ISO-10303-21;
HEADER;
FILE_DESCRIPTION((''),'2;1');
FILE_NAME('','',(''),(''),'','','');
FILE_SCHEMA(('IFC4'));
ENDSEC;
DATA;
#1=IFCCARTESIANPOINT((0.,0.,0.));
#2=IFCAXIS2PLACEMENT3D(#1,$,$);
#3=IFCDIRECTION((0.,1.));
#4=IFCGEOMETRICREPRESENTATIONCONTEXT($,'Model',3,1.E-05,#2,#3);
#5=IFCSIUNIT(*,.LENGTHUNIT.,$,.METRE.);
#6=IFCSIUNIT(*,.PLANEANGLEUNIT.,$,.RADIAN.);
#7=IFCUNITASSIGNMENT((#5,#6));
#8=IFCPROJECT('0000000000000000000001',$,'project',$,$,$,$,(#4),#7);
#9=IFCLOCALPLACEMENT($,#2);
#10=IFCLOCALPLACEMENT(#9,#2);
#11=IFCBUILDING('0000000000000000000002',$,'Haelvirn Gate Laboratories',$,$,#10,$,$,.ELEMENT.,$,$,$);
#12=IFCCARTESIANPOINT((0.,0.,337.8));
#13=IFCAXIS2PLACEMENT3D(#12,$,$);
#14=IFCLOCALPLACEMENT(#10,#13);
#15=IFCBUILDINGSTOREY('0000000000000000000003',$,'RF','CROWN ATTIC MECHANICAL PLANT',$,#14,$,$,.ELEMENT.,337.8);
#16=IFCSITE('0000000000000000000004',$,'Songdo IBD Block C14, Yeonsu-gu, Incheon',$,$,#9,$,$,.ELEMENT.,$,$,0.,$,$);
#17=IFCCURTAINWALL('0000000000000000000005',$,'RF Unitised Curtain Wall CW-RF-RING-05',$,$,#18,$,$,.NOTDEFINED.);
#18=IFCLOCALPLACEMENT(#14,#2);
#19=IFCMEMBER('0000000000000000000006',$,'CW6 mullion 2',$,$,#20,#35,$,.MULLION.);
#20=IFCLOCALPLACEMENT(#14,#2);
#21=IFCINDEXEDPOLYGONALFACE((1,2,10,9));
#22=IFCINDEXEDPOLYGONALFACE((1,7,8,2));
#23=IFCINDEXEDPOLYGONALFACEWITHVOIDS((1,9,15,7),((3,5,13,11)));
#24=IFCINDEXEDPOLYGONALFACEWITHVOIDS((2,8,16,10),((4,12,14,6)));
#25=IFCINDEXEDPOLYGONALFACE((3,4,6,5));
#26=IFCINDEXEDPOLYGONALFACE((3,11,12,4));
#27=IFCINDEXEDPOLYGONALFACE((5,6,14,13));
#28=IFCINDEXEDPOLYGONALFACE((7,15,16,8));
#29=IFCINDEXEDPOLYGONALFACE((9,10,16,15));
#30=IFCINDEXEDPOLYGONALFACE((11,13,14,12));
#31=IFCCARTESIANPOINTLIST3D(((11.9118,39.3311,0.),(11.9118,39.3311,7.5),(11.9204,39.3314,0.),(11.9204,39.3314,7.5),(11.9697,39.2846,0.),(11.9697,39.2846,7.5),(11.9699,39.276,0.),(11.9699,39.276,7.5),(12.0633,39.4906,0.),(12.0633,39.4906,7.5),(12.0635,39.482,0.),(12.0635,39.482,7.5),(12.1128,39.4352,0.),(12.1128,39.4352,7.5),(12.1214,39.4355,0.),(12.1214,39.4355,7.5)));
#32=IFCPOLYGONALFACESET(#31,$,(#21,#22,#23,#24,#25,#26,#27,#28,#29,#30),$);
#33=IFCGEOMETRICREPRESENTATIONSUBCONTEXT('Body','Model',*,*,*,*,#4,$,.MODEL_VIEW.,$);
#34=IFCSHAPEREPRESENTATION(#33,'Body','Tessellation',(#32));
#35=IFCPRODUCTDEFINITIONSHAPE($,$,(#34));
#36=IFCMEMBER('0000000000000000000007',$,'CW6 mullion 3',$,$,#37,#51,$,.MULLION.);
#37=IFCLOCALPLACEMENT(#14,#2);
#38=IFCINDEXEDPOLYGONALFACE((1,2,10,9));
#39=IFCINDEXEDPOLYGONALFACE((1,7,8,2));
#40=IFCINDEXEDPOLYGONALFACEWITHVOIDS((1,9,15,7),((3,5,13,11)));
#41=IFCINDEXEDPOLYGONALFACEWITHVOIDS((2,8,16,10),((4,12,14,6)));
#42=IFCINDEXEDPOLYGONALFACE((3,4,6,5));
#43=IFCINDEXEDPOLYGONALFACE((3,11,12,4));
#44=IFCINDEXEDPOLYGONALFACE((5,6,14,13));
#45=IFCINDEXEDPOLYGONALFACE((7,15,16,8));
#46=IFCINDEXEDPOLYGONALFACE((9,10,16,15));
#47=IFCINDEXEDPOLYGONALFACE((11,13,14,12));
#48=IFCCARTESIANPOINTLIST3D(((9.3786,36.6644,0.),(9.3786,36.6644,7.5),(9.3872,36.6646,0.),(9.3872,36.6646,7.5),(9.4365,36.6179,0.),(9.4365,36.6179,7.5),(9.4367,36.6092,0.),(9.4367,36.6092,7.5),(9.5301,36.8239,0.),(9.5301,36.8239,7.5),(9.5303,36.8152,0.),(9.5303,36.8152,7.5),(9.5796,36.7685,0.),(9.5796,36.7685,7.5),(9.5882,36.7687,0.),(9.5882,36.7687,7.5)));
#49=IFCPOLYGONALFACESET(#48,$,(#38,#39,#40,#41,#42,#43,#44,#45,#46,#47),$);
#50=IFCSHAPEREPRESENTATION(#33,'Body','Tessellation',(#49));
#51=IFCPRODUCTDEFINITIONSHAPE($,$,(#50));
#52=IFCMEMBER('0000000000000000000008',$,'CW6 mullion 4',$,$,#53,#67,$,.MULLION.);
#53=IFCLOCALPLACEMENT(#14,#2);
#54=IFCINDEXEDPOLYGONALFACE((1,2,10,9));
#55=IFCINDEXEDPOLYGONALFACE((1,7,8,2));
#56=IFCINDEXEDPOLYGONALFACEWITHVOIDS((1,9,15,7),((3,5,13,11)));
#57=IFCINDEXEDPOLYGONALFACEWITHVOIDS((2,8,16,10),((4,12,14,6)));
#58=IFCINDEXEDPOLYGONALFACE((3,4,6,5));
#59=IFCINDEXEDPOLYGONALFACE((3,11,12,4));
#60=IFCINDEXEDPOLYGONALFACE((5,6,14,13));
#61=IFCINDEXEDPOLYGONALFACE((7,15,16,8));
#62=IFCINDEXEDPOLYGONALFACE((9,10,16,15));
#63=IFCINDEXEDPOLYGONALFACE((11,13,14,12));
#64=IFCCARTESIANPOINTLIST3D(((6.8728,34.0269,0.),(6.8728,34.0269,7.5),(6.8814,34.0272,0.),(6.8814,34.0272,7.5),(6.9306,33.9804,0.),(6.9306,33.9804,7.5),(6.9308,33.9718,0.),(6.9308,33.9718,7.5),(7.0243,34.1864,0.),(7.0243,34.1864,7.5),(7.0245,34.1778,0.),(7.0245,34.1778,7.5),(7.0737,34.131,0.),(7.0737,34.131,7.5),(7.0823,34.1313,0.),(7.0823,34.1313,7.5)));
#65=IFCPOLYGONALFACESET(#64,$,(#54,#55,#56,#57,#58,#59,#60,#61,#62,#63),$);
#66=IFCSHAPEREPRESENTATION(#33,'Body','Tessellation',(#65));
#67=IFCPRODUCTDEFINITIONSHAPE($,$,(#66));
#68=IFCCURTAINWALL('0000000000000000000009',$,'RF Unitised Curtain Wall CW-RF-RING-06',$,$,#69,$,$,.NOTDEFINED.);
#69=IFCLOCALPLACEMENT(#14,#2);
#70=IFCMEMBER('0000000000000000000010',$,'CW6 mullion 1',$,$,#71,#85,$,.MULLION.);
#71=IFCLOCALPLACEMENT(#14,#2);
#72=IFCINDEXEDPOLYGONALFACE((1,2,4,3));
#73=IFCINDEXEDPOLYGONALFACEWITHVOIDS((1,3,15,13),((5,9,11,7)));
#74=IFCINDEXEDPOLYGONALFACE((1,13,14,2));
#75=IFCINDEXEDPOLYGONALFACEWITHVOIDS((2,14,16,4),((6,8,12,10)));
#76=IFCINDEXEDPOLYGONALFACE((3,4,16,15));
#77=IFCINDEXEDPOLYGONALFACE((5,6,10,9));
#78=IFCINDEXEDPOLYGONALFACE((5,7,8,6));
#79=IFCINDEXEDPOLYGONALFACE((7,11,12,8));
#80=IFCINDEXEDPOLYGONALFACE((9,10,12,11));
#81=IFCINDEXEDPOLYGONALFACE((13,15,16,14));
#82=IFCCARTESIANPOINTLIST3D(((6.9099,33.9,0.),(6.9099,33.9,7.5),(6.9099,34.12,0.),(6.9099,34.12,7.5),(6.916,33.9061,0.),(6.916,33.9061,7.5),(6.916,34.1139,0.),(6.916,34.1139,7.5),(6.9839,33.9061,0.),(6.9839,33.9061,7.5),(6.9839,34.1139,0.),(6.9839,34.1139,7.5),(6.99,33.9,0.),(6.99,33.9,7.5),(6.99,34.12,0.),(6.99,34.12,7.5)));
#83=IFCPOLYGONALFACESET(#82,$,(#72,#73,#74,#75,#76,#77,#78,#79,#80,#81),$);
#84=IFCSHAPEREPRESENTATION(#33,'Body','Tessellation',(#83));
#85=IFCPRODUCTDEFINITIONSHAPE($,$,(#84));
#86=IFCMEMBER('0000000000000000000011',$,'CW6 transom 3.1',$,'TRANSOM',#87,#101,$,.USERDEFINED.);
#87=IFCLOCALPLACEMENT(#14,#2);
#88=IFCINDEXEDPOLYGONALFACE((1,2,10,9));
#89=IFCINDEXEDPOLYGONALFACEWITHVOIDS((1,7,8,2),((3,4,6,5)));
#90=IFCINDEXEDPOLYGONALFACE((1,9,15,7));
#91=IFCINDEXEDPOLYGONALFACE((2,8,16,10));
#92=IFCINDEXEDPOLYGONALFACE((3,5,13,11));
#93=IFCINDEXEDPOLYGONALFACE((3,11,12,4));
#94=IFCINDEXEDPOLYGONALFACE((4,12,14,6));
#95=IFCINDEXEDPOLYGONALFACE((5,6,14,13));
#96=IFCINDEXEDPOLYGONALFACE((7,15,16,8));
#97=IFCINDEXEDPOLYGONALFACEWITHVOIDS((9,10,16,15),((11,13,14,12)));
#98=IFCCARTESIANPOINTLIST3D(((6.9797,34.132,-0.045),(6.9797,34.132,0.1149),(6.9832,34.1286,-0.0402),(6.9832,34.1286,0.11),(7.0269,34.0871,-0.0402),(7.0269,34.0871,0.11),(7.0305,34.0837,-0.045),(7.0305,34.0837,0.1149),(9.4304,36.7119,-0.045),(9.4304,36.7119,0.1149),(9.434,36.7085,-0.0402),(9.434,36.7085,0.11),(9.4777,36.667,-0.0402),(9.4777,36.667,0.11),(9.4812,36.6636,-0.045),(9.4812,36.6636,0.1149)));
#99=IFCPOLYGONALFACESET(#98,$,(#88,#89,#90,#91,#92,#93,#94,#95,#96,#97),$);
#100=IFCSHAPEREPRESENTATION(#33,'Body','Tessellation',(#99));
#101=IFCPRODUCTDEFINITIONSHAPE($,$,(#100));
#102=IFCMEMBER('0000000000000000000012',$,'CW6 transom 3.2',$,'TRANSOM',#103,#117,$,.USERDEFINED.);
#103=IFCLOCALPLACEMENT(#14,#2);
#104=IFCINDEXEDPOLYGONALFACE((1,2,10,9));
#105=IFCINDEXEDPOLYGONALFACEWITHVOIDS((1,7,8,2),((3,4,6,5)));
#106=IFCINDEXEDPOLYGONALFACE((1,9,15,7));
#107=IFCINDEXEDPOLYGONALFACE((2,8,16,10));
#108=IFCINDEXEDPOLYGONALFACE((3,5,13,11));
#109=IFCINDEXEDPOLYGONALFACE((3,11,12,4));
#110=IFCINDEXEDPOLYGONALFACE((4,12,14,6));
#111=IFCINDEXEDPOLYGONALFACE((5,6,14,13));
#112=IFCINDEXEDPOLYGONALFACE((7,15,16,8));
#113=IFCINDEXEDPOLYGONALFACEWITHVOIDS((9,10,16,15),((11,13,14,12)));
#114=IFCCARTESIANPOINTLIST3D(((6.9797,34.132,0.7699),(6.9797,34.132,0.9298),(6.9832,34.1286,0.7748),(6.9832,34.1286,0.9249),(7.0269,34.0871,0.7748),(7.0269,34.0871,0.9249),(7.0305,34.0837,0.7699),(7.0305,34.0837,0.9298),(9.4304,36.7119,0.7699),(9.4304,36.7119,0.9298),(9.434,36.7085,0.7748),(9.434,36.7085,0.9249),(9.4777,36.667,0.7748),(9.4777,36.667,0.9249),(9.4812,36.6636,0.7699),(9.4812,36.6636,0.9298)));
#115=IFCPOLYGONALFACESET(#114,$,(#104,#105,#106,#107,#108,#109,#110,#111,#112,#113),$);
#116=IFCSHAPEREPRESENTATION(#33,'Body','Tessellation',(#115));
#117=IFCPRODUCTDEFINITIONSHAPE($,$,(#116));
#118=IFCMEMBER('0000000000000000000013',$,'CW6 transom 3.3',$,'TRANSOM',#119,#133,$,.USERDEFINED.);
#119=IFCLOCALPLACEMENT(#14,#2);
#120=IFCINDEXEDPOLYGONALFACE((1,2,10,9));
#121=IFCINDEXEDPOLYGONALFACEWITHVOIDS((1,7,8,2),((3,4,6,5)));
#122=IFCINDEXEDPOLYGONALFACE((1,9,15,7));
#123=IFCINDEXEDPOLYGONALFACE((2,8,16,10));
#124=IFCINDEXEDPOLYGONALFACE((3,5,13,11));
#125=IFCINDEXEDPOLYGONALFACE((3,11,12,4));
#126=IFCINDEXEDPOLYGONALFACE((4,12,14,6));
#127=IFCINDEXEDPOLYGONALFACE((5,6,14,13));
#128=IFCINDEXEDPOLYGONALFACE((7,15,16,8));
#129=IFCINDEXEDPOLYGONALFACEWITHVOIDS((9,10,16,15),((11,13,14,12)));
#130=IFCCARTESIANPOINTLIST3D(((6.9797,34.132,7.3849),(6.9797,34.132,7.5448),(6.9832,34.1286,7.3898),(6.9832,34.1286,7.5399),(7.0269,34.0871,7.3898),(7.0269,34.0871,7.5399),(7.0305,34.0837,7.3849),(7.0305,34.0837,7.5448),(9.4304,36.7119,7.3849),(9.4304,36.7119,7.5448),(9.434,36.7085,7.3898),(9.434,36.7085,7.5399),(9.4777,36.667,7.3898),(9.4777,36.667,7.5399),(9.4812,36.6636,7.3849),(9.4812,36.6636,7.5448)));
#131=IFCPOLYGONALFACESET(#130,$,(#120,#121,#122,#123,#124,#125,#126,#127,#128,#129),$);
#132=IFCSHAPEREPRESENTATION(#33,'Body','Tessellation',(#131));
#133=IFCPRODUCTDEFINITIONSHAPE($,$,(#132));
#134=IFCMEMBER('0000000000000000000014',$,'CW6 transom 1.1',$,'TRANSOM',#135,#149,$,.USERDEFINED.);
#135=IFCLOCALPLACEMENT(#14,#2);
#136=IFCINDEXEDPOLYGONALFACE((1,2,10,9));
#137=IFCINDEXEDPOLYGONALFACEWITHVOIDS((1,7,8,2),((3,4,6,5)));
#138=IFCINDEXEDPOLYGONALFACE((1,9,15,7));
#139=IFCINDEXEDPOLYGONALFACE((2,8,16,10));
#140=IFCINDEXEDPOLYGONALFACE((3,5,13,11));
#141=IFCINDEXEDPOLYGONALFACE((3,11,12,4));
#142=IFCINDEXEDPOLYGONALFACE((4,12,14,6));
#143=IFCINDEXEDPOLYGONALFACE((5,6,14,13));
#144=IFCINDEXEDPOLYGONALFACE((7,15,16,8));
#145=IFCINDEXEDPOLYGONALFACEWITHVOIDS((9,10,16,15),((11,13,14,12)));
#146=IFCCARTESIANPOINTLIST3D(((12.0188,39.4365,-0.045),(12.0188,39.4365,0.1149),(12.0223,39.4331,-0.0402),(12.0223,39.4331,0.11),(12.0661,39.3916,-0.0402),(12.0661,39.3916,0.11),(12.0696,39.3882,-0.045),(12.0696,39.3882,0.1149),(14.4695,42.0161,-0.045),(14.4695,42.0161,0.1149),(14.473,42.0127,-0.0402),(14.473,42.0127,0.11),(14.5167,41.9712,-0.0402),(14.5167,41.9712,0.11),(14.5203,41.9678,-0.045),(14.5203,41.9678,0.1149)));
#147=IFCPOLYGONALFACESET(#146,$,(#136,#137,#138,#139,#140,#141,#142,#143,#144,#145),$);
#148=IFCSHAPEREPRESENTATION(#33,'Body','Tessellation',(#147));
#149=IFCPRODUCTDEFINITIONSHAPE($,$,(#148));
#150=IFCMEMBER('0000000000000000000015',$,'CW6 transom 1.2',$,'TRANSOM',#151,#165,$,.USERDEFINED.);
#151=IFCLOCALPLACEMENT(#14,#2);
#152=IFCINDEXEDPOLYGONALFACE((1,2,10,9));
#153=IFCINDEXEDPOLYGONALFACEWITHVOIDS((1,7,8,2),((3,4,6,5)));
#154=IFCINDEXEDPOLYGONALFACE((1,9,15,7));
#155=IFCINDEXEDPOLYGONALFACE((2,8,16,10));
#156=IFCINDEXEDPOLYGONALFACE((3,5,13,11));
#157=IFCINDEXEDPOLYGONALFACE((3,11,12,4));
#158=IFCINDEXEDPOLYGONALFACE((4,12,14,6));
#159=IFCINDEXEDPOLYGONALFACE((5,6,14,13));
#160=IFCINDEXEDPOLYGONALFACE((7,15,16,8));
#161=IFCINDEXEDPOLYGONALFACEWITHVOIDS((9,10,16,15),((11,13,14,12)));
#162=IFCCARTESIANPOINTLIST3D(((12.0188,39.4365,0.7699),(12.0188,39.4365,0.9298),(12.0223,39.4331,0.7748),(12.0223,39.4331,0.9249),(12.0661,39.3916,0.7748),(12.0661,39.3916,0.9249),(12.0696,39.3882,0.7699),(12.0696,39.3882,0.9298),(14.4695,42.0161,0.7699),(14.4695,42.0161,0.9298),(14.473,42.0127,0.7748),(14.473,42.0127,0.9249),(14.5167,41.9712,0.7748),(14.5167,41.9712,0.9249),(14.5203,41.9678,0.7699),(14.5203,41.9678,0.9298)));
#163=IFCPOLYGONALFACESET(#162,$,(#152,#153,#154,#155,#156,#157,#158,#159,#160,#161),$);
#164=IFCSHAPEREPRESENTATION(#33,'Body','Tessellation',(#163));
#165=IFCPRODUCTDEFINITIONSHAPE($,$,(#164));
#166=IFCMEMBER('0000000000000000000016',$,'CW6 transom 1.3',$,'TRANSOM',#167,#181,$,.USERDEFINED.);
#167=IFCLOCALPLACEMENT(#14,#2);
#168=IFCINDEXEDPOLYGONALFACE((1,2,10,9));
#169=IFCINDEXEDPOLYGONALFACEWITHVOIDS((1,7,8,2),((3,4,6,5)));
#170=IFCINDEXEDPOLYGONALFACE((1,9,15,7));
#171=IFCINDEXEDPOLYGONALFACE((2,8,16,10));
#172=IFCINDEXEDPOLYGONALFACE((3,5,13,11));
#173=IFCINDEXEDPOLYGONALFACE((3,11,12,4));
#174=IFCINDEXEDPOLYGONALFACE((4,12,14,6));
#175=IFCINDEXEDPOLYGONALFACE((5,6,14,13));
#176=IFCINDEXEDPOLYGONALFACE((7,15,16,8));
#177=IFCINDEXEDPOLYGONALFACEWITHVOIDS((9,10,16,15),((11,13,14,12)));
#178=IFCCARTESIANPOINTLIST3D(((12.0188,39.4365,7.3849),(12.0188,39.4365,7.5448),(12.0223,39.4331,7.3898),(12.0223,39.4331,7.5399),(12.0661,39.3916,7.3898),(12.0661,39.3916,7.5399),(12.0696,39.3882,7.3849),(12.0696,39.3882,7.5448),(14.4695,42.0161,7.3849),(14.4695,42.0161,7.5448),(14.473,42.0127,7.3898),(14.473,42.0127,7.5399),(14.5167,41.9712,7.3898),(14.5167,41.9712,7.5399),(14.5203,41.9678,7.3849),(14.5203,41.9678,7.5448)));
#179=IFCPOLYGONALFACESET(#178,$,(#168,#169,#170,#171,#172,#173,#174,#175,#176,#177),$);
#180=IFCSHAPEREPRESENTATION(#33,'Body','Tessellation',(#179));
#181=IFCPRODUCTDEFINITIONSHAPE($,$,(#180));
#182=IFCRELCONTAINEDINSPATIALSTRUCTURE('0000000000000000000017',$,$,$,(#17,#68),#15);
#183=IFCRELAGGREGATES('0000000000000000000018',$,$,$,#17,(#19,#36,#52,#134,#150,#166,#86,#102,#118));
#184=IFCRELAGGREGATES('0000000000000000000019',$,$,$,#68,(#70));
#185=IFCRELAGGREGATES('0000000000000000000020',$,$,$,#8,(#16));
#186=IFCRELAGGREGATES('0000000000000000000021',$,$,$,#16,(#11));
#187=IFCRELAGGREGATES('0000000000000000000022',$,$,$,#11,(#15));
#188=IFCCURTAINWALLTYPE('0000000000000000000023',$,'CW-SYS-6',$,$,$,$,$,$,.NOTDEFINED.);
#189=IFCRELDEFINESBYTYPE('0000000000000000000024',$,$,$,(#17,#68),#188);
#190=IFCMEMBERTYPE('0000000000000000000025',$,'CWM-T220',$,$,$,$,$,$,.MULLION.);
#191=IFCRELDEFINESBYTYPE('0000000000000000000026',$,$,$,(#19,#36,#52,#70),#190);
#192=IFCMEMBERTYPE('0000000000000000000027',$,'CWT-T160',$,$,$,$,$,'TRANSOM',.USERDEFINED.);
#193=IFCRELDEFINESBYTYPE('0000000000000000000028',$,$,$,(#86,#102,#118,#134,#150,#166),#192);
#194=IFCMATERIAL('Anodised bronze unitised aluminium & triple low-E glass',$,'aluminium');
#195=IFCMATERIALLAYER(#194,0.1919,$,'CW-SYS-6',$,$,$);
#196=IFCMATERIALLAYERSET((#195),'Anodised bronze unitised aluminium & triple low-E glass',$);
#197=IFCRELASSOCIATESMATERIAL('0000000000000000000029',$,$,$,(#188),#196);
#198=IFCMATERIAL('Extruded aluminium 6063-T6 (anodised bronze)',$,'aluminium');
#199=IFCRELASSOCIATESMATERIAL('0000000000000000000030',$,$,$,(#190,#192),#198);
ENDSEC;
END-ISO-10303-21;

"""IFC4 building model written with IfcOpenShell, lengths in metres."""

from ifc_helpers import new_model, si_unit, direction, frame, origin, origin_2d, place, context, subcontext, project, spatial, hollow_rectangle, extrude, source, transform, mapped, material, layer, layer_set, material_profile, profile_set, type_object, type_shapes, element, aggregate, save


model = new_model("IFC4")

# Units and contexts
model_context = context("Model", 3, precision=1e-05, world=origin(), true_north=direction((0.0, 1.0)))
body_context = subcontext(model_context, "Body", "Model", "MODEL_VIEW")
ifc_project = project(units=[si_unit("LENGTHUNIT", "METRE"), si_unit("PLANEANGLEUNIT", "RADIAN")], contexts=[model_context])

# Site, building, storey
site_placement = place(None, origin())
site = spatial("IfcSite", under=ifc_project, at=site_placement, Name="Songdo IBD Block C14, Yeonsu-gu, Incheon", CompositionType="ELEMENT", RefElevation=0.0)
building_placement = place(site_placement, origin())
building = spatial("IfcBuilding", under=site, at=building_placement, Name="Haelvirn Gate Laboratories", CompositionType="ELEMENT")
storey_placement = place(building_placement, frame((0.0, 0.0, 337.8)))
storey = spatial("IfcBuildingStorey", under=building, at=storey_placement, Name="RF", Description="CROWN ATTIC MECHANICAL PLANT", CompositionType="ELEMENT", Elevation=337.8)

# Shared definitions
ifc_material_1 = material(Name="Anodised bronze unitised aluminium & triple low-E glass", Category="aluminium")
ifc_layer_1 = layer(ifc_material_1, 0.1919, Name="CW-SYS-6")
ifc_layer_set_1 = layer_set([ifc_layer_1], Name="Anodised bronze unitised aluminium & triple low-E glass")
curtain_wall_type = type_object("IfcCurtainWallType", Name="CW-SYS-6", PredefinedType="NOTDEFINED", material=ifc_layer_set_1)
ifc_material_2 = material(Name="Extruded aluminium 6063-T6 (anodised bronze)", Category="aluminium")
ifc_material_profile_1 = material_profile(ifc_material_2, hollow_rectangle(XDim=0.0801, YDim=0.22, WallThickness=0.0061, at=origin_2d()), Name="CWM-220x80x6")
ifc_profile_set_1 = profile_set([ifc_material_profile_1], Name="Extruded aluminium 6063-T6 (anodised bronze)")
member_type_1 = type_object("IfcMemberType", Name="CWM-T220", PredefinedType="MULLION", material=ifc_profile_set_1)
shared_shape_1 = source(origin(), body_context, "Body", "SweptSolid", [
    extrude(hollow_rectangle(XDim=0.0801, YDim=0.22, WallThickness=0.0061, at=origin_2d()), origin(), (0.0, 0.0, 1.0), 7.5),
])
type_shapes(member_type_1, [shared_shape_1])

# Curtain wall, members
curtain_wall_1_placement = place(storey_placement, origin())
curtain_wall_1 = element("IfcCurtainWall", 1, at=curtain_wall_1_placement, inside=storey, type_object=curtain_wall_type, Name="RF Unitised Curtain Wall CW-RF-RING-05", PredefinedType="NOTDEFINED")
member_1_placement = place(storey_placement, frame((12.0166, 39.3833, 0.0), z_axis=(0.0, 0.0, 1.0), x_axis=(0.724999, -0.688749, 0.0)))
member_1 = element("IfcMember", 2, at=member_1_placement, type_object=member_type_1, Name="CW6 mullion 2", PredefinedType="MULLION", context=body_context, shape_type="MappedRepresentation", body=[
    mapped(shared_shape_1, transform((0.0, 0.0, 0.0), scale=1.0)),
])
member_2_placement = place(storey_placement, frame((9.4834, 36.7166, 0.0), z_axis=(0.0, 0.0, 1.0), x_axis=(0.724999, -0.688749, 0.0)))
member_2 = element("IfcMember", 3, at=member_2_placement, type_object=member_type_1, Name="CW6 mullion 3", PredefinedType="MULLION", context=body_context, shape_type="MappedRepresentation", body=[
    mapped(shared_shape_1, transform((0.0, 0.0, 0.0), scale=1.0)),
])
member_3_placement = place(storey_placement, frame((6.9775, 34.0791, 0.0), z_axis=(0.0, 0.0, 1.0), x_axis=(0.724999, -0.688749, 0.0)))
member_3 = element("IfcMember", 4, at=member_3_placement, type_object=member_type_1, Name="CW6 mullion 4", PredefinedType="MULLION", context=body_context, shape_type="MappedRepresentation", body=[
    mapped(shared_shape_1, transform((0.0, 0.0, 0.0), scale=1.0)),
])

# Curtain wall, member
curtain_wall_2_placement = place(storey_placement, origin())
curtain_wall_2 = element("IfcCurtainWall", 5, at=curtain_wall_2_placement, inside=storey, type_object=curtain_wall_type, Name="RF Unitised Curtain Wall CW-RF-RING-06", PredefinedType="NOTDEFINED")
member_4_placement = place(storey_placement, frame((6.95, 34.01, 0.0), z_axis=(0.0, 0.0, 1.0), x_axis=(1.0, 0.0, 0.0)))
member_4 = element("IfcMember", 6, at=member_4_placement, type_object=member_type_1, Name="CW6 mullion 1", PredefinedType="MULLION", context=body_context, shape_type="MappedRepresentation", body=[
    mapped(shared_shape_1, transform((0.0, 0.0, 0.0), scale=1.0)),
])

# Members
ifc_material_profile_2 = material_profile(ifc_material_2, hollow_rectangle(XDim=0.0701, YDim=0.1599, WallThickness=0.0049, at=origin_2d()), Name="CWT-160x70x5")
ifc_profile_set_2 = profile_set([ifc_material_profile_2], Name="Extruded aluminium 6063-T6 (anodised bronze)")
member_type_2 = type_object("IfcMemberType", Name="CWT-T160", ElementType="TRANSOM", PredefinedType="USERDEFINED", material=ifc_profile_set_2)
shared_shape_2 = source(origin(), body_context, "Body", "SweptSolid", [
    extrude(hollow_rectangle(XDim=0.0701, YDim=0.1599, WallThickness=0.0049, at=origin_2d()), origin(), (0.0, 0.0, 1.0), 3.5583),
])
member_5_placement = place(storey_placement, frame((9.4558, 36.6877, 0.0349), z_axis=(-0.688726, -0.725022, 0.0), x_axis=(0.725022, -0.688726, 0.0)))
member_5 = element("IfcMember", 7, at=member_5_placement, type_object=member_type_2, Name="CW6 transom 3.1", ObjectType="TRANSOM", PredefinedType="USERDEFINED", context=body_context, shape_type="MappedRepresentation", body=[
    mapped(shared_shape_2, transform((0.0, 0.0, 0.0), scale=1.0)),
])
member_6_placement = place(storey_placement, frame((9.4558, 36.6877, 0.8499), z_axis=(-0.688726, -0.725022, 0.0), x_axis=(0.725022, -0.688726, 0.0)))
member_6 = element("IfcMember", 8, at=member_6_placement, type_object=member_type_2, Name="CW6 transom 3.2", ObjectType="TRANSOM", PredefinedType="USERDEFINED", context=body_context, shape_type="MappedRepresentation", body=[
    mapped(shared_shape_2, transform((0.0, 0.0, 0.0), scale=1.0)),
])
member_7_placement = place(storey_placement, frame((9.4558, 36.6877, 7.4648), z_axis=(-0.688726, -0.725022, 0.0), x_axis=(0.725022, -0.688726, 0.0)))
member_7 = element("IfcMember", 9, at=member_7_placement, type_object=member_type_2, Name="CW6 transom 3.3", ObjectType="TRANSOM", PredefinedType="USERDEFINED", context=body_context, shape_type="MappedRepresentation", body=[
    mapped(shared_shape_2, transform((0.0, 0.0, 0.0), scale=1.0)),
])
shared_shape_3 = source(origin(), body_context, "Body", "SweptSolid", [
    extrude(hollow_rectangle(XDim=0.0701, YDim=0.1599, WallThickness=0.0049, at=origin_2d()), origin(), (0.0, 0.0, 1.0), 3.5581),
])
member_8_placement = place(storey_placement, frame((14.4949, 41.9919, 0.0349), z_axis=(-0.68876, -0.724989, 0.0), x_axis=(0.724989, -0.68876, 0.0)))
member_8 = element("IfcMember", 10, at=member_8_placement, type_object=member_type_2, Name="CW6 transom 1.1", ObjectType="TRANSOM", PredefinedType="USERDEFINED", context=body_context, shape_type="MappedRepresentation", body=[
    mapped(shared_shape_3, transform((0.0, 0.0, 0.0), scale=1.0)),
])
member_9_placement = place(storey_placement, frame((14.4949, 41.9919, 0.8499), z_axis=(-0.68876, -0.724989, 0.0), x_axis=(0.724989, -0.68876, 0.0)))
member_9 = element("IfcMember", 11, at=member_9_placement, type_object=member_type_2, Name="CW6 transom 1.2", ObjectType="TRANSOM", PredefinedType="USERDEFINED", context=body_context, shape_type="MappedRepresentation", body=[
    mapped(shared_shape_3, transform((0.0, 0.0, 0.0), scale=1.0)),
])
member_10_placement = place(storey_placement, frame((14.4949, 41.9919, 7.4648), z_axis=(-0.68876, -0.724989, 0.0), x_axis=(0.724989, -0.68876, 0.0)))
member_10 = element("IfcMember", 12, at=member_10_placement, type_object=member_type_2, Name="CW6 transom 1.3", ObjectType="TRANSOM", PredefinedType="USERDEFINED", context=body_context, shape_type="MappedRepresentation", body=[
    mapped(shared_shape_3, transform((0.0, 0.0, 0.0), scale=1.0)),
])

aggregate(curtain_wall_1, [member_1, member_2, member_3, member_8, member_9, member_10, member_5, member_6, member_7])
aggregate(curtain_wall_2, [member_4])

save(model, "model.ifc")
